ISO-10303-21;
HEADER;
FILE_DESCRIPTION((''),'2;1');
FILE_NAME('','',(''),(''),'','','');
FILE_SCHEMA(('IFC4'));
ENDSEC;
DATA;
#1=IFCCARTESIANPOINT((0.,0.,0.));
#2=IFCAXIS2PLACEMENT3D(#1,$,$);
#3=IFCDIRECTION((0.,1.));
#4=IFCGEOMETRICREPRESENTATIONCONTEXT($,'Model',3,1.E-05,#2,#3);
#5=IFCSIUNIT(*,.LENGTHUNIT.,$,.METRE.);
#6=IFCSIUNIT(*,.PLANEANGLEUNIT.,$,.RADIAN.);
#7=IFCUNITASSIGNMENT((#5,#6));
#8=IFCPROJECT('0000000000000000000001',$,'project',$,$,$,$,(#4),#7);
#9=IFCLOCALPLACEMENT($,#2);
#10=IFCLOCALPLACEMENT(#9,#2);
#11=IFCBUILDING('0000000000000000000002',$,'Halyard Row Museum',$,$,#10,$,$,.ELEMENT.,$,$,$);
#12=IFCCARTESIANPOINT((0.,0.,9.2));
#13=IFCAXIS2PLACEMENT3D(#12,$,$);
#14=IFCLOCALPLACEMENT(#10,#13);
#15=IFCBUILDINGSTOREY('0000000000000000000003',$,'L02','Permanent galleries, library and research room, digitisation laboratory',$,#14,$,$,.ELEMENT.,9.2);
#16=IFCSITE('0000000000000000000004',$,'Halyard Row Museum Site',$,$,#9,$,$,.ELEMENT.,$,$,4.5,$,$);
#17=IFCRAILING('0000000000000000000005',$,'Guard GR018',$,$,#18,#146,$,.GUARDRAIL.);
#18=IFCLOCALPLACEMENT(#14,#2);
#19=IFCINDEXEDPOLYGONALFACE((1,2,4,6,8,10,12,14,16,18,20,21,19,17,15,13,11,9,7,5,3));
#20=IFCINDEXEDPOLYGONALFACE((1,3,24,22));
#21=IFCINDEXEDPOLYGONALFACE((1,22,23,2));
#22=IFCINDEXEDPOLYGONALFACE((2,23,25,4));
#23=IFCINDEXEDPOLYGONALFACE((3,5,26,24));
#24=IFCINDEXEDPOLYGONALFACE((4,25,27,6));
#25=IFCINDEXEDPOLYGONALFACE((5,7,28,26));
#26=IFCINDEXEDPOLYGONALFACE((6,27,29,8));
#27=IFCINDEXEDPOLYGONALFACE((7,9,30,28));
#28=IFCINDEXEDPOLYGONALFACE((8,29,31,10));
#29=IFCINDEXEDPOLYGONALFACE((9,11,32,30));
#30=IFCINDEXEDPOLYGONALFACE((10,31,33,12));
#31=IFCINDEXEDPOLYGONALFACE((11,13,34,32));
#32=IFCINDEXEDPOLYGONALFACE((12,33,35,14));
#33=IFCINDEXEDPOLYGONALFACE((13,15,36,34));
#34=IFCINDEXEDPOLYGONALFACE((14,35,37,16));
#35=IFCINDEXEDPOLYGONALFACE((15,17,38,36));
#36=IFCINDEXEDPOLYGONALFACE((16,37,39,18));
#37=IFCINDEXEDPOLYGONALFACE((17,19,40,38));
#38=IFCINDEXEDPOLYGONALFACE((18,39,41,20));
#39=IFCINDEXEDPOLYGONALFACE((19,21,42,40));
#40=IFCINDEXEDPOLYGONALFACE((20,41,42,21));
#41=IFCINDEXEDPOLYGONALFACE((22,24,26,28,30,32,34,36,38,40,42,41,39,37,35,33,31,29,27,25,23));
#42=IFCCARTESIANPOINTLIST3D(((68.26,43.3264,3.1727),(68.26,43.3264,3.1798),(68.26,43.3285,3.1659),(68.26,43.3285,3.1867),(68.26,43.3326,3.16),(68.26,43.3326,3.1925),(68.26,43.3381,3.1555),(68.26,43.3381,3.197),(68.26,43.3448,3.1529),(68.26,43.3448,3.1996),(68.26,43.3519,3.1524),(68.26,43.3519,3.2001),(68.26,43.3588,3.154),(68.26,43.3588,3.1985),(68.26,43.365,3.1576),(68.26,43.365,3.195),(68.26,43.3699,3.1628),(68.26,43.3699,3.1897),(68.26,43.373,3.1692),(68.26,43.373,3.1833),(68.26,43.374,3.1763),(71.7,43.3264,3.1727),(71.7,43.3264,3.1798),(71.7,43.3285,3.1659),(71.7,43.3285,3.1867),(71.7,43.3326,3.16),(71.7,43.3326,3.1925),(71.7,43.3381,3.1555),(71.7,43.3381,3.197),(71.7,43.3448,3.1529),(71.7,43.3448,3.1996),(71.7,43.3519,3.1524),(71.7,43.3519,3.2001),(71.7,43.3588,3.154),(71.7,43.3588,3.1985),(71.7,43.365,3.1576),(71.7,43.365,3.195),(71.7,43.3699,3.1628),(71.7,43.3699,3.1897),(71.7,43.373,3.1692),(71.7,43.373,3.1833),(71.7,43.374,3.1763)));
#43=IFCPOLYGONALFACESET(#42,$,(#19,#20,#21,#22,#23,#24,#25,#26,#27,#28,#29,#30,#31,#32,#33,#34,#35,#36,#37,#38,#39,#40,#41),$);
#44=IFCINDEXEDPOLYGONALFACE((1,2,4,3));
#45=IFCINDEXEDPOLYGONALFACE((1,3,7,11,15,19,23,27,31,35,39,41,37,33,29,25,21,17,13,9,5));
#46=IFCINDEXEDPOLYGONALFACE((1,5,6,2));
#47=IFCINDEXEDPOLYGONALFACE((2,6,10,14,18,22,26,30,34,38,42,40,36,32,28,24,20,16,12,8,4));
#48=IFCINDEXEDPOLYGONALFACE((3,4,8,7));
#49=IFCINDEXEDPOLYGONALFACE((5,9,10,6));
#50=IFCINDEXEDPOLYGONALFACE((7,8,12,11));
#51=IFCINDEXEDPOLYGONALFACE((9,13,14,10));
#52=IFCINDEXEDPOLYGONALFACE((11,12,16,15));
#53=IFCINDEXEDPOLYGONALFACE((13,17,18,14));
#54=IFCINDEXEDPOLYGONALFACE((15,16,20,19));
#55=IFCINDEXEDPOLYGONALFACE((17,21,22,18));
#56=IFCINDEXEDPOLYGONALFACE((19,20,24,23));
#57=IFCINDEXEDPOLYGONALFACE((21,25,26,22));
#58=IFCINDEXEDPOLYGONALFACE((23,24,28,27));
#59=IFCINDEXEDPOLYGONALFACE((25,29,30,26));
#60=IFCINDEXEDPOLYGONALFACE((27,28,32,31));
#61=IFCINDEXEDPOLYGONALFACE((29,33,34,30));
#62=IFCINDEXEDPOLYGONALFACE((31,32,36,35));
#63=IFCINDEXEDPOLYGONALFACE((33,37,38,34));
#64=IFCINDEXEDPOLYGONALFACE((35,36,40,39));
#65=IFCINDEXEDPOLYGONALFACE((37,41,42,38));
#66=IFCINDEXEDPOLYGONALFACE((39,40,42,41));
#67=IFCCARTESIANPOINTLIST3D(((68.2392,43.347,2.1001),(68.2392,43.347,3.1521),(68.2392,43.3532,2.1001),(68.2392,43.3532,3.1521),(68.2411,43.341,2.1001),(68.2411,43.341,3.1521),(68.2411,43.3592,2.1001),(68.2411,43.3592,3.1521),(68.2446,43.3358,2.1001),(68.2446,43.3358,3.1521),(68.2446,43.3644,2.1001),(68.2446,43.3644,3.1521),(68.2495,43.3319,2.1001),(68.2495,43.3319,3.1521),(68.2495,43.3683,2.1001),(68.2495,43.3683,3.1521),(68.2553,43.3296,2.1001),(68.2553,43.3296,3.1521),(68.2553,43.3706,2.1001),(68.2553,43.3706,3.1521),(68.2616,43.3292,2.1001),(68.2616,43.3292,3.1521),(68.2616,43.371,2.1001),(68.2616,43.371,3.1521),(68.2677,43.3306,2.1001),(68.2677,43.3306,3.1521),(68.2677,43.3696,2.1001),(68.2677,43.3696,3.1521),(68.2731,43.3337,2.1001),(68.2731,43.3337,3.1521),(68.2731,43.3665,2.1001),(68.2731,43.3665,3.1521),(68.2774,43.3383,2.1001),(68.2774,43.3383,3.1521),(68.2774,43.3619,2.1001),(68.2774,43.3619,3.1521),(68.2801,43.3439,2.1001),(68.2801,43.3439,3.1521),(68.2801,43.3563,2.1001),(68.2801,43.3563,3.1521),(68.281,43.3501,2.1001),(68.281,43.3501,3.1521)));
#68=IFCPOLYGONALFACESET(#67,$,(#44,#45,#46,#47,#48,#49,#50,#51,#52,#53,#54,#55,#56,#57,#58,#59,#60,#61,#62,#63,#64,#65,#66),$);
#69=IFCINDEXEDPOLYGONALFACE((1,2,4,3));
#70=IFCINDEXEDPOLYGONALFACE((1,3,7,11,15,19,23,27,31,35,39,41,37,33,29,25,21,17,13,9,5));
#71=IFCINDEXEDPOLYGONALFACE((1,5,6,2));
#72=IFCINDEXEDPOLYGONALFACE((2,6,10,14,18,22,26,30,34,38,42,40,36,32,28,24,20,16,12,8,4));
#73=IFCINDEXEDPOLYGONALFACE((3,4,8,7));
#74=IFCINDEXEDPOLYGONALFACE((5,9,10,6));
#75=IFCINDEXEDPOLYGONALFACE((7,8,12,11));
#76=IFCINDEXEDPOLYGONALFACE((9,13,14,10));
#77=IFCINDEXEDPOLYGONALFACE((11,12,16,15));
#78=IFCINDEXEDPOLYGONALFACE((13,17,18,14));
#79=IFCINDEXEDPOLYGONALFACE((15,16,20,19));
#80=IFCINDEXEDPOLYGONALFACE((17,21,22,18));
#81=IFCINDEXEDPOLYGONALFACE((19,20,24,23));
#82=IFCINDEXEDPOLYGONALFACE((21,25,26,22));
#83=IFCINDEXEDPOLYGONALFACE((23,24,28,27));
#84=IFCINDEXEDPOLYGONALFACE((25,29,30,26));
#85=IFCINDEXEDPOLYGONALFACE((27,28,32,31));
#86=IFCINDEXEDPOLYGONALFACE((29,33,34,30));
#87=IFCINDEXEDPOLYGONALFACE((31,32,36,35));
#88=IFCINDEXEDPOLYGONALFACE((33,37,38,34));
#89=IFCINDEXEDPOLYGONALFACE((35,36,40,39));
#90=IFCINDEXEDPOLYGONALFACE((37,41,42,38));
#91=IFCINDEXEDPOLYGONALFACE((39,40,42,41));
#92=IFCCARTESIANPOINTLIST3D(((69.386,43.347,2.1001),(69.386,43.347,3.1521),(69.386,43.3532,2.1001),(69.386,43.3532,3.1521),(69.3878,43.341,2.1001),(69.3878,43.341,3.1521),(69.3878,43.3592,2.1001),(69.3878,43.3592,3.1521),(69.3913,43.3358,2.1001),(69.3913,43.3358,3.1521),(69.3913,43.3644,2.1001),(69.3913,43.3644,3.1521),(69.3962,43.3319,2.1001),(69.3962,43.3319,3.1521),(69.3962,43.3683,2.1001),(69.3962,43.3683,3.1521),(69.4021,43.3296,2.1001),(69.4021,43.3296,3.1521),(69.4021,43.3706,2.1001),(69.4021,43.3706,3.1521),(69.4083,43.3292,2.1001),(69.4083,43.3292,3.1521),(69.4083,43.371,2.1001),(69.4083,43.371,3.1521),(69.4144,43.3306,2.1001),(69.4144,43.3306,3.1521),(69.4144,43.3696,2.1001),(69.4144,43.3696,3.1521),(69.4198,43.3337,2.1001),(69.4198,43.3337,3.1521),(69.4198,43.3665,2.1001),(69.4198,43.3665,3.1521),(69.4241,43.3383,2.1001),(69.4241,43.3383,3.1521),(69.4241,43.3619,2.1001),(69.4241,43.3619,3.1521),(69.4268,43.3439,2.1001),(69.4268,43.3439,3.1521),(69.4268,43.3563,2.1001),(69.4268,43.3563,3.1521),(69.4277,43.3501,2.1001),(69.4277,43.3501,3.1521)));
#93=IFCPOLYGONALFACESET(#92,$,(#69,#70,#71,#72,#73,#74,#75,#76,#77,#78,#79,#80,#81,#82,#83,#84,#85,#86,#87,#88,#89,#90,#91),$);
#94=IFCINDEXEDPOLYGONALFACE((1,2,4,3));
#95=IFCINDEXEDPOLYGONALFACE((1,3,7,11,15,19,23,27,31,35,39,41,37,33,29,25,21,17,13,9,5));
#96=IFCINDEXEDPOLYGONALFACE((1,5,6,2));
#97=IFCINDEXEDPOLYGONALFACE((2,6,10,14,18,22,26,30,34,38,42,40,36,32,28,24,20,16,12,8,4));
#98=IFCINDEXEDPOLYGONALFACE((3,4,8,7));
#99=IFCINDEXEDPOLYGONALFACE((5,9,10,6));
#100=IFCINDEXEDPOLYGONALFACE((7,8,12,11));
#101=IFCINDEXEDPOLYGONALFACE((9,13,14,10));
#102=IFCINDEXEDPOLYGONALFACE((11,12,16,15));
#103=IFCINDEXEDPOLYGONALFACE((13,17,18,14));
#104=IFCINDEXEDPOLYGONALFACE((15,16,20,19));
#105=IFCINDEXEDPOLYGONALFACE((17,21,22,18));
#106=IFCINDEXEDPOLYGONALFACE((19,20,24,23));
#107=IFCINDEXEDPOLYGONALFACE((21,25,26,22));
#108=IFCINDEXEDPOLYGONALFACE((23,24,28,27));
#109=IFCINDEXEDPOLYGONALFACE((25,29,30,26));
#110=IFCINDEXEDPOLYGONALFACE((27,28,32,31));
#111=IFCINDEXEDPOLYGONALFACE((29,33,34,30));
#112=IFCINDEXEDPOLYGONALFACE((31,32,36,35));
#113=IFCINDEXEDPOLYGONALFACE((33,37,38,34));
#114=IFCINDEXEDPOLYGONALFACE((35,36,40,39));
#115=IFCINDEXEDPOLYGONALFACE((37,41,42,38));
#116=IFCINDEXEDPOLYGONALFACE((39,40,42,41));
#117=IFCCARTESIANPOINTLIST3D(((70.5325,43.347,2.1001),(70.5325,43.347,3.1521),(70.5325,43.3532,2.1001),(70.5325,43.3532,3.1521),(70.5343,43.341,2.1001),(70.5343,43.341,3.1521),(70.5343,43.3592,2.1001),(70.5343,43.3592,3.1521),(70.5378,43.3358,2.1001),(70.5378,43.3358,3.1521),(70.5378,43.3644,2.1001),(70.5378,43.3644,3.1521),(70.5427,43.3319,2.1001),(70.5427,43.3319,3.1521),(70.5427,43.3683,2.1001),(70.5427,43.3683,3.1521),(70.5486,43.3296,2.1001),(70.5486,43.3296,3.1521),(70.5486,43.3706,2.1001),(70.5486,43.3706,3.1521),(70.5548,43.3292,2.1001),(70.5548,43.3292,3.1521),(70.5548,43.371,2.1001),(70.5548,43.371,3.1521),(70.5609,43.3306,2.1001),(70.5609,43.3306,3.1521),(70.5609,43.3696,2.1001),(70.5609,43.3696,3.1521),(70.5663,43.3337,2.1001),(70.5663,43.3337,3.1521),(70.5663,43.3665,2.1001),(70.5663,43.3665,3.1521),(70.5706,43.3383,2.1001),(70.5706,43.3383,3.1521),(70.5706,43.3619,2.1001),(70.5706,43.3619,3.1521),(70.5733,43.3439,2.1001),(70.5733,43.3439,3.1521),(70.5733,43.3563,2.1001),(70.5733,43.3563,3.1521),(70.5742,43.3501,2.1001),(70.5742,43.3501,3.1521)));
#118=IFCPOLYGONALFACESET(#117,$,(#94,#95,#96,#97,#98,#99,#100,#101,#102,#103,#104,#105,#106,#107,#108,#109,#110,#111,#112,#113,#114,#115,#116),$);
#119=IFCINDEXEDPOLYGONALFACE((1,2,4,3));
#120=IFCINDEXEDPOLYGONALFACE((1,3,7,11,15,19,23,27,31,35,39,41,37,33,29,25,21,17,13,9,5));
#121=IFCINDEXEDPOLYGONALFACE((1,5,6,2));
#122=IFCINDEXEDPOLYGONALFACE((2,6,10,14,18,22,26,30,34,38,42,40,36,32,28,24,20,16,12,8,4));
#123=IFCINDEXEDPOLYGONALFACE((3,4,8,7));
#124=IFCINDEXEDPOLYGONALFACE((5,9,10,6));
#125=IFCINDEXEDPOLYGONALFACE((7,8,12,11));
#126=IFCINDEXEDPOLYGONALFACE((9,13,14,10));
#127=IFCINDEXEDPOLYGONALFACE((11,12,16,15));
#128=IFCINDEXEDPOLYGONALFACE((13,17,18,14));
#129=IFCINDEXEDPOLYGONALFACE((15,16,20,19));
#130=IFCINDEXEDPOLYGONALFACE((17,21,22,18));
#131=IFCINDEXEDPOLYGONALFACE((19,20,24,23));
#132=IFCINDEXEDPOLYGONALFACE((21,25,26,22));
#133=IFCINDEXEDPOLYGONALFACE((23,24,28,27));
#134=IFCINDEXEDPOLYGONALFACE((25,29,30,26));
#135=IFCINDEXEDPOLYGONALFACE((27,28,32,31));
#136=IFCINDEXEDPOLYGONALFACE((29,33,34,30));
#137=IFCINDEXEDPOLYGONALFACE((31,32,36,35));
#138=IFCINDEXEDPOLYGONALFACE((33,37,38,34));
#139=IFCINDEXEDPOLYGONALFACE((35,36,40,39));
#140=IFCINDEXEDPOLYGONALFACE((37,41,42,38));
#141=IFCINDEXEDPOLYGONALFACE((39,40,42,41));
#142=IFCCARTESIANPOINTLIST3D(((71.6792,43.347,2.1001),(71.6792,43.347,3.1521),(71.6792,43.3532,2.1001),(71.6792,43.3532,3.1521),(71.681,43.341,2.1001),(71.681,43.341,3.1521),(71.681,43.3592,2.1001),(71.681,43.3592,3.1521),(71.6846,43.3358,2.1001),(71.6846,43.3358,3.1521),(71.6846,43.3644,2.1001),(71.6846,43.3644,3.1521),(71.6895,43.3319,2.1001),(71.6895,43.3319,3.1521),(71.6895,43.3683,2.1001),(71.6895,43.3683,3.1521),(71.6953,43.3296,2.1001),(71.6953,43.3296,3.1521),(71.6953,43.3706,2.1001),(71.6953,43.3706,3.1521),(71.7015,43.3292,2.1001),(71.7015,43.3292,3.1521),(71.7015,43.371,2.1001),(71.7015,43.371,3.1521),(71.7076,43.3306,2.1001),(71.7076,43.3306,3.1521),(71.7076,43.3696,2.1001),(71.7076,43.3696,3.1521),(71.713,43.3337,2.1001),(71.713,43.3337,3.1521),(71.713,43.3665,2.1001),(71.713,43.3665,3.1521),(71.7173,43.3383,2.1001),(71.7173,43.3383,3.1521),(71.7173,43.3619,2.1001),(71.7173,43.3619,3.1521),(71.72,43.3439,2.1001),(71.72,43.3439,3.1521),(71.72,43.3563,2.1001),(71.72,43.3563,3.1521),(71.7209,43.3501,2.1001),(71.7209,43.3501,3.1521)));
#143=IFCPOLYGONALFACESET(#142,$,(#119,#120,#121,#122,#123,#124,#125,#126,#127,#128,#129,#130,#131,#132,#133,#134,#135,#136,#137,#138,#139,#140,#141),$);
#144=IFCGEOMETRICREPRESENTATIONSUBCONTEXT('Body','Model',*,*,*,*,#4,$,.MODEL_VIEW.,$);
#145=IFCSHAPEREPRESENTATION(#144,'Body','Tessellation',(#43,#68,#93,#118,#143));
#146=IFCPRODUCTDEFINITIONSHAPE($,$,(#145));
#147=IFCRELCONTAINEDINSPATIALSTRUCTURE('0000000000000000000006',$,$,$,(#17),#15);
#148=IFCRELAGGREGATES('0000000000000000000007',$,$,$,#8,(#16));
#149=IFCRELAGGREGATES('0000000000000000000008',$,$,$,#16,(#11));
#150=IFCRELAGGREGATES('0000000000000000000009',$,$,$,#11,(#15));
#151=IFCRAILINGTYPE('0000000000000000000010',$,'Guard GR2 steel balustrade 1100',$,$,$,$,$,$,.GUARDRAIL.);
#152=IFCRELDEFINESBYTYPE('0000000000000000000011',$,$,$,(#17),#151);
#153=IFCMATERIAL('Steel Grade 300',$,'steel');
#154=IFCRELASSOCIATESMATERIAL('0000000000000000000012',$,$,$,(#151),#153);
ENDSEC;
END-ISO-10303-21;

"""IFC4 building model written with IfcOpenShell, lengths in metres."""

from ifc_helpers import new_model, si_unit, direction, frame, origin, origin_2d, place, context, subcontext, project, spatial, circle, extrude, material, type_object, element, save


model = new_model("IFC4")

# Units and contexts
model_context = context("Model", 3, precision=1e-05, world=origin(), true_north=direction((0.0, 1.0)))
body_context = subcontext(model_context, "Body", "Model", "MODEL_VIEW")
ifc_project = project(units=[si_unit("LENGTHUNIT", "METRE"), si_unit("PLANEANGLEUNIT", "RADIAN")], contexts=[model_context])

# Site, building, storey
site_placement = place(None, origin())
site = spatial("IfcSite", under=ifc_project, at=site_placement, Name="Halyard Row Museum Site", CompositionType="ELEMENT", RefElevation=4.5)
building_placement = place(site_placement, origin())
building = spatial("IfcBuilding", under=site, at=building_placement, Name="Halyard Row Museum", CompositionType="ELEMENT")
storey_placement = place(building_placement, frame((0.0, 0.0, 9.2)))
storey = spatial("IfcBuildingStorey", under=building, at=storey_placement, Name="L02", Description="Permanent galleries, library and research room, digitisation laboratory", CompositionType="ELEMENT", Elevation=9.2)

# Railing
ifc_material_1 = material(Name="Steel Grade 300", Category="steel")
railing_type = type_object("IfcRailingType", Name="Guard GR2 steel balustrade 1100", PredefinedType="GUARDRAIL", material=ifc_material_1)
railing_1_placement = place(storey_placement, frame((68.26, 43.3501, 2.1001)))
element("IfcRailing", 1, at=railing_1_placement, inside=storey, type_object=railing_type, Name="Guard GR018", PredefinedType="GUARDRAIL", context=body_context, shape_type="SweptSolid", body=[
    extrude(circle(Radius=0.0239, at=origin_2d()), frame((0.0, 0.0, 1.0762), z_axis=(1.0, 0.0, 0.0), x_axis=(0.0, 1.0, 0.0)), (0.0, 0.0, 1.0), 3.4399),
    extrude(circle(Radius=0.021, at=origin_2d()), origin(), (0.0, 0.0, 1.0), 1.052),
    extrude(circle(Radius=0.021, at=origin_2d()), frame((1.1467, 0.0, 0.0)), (0.0, 0.0, 1.0), 1.052),
    extrude(circle(Radius=0.021, at=origin_2d()), frame((2.2932, 0.0, 0.0)), (0.0, 0.0, 1.0), 1.052),
    extrude(circle(Radius=0.021, at=origin_2d()), frame((3.4399, 0.0, 0.0)), (0.0, 0.0, 1.0), 1.052),
])

save(model, "model.ifc")
